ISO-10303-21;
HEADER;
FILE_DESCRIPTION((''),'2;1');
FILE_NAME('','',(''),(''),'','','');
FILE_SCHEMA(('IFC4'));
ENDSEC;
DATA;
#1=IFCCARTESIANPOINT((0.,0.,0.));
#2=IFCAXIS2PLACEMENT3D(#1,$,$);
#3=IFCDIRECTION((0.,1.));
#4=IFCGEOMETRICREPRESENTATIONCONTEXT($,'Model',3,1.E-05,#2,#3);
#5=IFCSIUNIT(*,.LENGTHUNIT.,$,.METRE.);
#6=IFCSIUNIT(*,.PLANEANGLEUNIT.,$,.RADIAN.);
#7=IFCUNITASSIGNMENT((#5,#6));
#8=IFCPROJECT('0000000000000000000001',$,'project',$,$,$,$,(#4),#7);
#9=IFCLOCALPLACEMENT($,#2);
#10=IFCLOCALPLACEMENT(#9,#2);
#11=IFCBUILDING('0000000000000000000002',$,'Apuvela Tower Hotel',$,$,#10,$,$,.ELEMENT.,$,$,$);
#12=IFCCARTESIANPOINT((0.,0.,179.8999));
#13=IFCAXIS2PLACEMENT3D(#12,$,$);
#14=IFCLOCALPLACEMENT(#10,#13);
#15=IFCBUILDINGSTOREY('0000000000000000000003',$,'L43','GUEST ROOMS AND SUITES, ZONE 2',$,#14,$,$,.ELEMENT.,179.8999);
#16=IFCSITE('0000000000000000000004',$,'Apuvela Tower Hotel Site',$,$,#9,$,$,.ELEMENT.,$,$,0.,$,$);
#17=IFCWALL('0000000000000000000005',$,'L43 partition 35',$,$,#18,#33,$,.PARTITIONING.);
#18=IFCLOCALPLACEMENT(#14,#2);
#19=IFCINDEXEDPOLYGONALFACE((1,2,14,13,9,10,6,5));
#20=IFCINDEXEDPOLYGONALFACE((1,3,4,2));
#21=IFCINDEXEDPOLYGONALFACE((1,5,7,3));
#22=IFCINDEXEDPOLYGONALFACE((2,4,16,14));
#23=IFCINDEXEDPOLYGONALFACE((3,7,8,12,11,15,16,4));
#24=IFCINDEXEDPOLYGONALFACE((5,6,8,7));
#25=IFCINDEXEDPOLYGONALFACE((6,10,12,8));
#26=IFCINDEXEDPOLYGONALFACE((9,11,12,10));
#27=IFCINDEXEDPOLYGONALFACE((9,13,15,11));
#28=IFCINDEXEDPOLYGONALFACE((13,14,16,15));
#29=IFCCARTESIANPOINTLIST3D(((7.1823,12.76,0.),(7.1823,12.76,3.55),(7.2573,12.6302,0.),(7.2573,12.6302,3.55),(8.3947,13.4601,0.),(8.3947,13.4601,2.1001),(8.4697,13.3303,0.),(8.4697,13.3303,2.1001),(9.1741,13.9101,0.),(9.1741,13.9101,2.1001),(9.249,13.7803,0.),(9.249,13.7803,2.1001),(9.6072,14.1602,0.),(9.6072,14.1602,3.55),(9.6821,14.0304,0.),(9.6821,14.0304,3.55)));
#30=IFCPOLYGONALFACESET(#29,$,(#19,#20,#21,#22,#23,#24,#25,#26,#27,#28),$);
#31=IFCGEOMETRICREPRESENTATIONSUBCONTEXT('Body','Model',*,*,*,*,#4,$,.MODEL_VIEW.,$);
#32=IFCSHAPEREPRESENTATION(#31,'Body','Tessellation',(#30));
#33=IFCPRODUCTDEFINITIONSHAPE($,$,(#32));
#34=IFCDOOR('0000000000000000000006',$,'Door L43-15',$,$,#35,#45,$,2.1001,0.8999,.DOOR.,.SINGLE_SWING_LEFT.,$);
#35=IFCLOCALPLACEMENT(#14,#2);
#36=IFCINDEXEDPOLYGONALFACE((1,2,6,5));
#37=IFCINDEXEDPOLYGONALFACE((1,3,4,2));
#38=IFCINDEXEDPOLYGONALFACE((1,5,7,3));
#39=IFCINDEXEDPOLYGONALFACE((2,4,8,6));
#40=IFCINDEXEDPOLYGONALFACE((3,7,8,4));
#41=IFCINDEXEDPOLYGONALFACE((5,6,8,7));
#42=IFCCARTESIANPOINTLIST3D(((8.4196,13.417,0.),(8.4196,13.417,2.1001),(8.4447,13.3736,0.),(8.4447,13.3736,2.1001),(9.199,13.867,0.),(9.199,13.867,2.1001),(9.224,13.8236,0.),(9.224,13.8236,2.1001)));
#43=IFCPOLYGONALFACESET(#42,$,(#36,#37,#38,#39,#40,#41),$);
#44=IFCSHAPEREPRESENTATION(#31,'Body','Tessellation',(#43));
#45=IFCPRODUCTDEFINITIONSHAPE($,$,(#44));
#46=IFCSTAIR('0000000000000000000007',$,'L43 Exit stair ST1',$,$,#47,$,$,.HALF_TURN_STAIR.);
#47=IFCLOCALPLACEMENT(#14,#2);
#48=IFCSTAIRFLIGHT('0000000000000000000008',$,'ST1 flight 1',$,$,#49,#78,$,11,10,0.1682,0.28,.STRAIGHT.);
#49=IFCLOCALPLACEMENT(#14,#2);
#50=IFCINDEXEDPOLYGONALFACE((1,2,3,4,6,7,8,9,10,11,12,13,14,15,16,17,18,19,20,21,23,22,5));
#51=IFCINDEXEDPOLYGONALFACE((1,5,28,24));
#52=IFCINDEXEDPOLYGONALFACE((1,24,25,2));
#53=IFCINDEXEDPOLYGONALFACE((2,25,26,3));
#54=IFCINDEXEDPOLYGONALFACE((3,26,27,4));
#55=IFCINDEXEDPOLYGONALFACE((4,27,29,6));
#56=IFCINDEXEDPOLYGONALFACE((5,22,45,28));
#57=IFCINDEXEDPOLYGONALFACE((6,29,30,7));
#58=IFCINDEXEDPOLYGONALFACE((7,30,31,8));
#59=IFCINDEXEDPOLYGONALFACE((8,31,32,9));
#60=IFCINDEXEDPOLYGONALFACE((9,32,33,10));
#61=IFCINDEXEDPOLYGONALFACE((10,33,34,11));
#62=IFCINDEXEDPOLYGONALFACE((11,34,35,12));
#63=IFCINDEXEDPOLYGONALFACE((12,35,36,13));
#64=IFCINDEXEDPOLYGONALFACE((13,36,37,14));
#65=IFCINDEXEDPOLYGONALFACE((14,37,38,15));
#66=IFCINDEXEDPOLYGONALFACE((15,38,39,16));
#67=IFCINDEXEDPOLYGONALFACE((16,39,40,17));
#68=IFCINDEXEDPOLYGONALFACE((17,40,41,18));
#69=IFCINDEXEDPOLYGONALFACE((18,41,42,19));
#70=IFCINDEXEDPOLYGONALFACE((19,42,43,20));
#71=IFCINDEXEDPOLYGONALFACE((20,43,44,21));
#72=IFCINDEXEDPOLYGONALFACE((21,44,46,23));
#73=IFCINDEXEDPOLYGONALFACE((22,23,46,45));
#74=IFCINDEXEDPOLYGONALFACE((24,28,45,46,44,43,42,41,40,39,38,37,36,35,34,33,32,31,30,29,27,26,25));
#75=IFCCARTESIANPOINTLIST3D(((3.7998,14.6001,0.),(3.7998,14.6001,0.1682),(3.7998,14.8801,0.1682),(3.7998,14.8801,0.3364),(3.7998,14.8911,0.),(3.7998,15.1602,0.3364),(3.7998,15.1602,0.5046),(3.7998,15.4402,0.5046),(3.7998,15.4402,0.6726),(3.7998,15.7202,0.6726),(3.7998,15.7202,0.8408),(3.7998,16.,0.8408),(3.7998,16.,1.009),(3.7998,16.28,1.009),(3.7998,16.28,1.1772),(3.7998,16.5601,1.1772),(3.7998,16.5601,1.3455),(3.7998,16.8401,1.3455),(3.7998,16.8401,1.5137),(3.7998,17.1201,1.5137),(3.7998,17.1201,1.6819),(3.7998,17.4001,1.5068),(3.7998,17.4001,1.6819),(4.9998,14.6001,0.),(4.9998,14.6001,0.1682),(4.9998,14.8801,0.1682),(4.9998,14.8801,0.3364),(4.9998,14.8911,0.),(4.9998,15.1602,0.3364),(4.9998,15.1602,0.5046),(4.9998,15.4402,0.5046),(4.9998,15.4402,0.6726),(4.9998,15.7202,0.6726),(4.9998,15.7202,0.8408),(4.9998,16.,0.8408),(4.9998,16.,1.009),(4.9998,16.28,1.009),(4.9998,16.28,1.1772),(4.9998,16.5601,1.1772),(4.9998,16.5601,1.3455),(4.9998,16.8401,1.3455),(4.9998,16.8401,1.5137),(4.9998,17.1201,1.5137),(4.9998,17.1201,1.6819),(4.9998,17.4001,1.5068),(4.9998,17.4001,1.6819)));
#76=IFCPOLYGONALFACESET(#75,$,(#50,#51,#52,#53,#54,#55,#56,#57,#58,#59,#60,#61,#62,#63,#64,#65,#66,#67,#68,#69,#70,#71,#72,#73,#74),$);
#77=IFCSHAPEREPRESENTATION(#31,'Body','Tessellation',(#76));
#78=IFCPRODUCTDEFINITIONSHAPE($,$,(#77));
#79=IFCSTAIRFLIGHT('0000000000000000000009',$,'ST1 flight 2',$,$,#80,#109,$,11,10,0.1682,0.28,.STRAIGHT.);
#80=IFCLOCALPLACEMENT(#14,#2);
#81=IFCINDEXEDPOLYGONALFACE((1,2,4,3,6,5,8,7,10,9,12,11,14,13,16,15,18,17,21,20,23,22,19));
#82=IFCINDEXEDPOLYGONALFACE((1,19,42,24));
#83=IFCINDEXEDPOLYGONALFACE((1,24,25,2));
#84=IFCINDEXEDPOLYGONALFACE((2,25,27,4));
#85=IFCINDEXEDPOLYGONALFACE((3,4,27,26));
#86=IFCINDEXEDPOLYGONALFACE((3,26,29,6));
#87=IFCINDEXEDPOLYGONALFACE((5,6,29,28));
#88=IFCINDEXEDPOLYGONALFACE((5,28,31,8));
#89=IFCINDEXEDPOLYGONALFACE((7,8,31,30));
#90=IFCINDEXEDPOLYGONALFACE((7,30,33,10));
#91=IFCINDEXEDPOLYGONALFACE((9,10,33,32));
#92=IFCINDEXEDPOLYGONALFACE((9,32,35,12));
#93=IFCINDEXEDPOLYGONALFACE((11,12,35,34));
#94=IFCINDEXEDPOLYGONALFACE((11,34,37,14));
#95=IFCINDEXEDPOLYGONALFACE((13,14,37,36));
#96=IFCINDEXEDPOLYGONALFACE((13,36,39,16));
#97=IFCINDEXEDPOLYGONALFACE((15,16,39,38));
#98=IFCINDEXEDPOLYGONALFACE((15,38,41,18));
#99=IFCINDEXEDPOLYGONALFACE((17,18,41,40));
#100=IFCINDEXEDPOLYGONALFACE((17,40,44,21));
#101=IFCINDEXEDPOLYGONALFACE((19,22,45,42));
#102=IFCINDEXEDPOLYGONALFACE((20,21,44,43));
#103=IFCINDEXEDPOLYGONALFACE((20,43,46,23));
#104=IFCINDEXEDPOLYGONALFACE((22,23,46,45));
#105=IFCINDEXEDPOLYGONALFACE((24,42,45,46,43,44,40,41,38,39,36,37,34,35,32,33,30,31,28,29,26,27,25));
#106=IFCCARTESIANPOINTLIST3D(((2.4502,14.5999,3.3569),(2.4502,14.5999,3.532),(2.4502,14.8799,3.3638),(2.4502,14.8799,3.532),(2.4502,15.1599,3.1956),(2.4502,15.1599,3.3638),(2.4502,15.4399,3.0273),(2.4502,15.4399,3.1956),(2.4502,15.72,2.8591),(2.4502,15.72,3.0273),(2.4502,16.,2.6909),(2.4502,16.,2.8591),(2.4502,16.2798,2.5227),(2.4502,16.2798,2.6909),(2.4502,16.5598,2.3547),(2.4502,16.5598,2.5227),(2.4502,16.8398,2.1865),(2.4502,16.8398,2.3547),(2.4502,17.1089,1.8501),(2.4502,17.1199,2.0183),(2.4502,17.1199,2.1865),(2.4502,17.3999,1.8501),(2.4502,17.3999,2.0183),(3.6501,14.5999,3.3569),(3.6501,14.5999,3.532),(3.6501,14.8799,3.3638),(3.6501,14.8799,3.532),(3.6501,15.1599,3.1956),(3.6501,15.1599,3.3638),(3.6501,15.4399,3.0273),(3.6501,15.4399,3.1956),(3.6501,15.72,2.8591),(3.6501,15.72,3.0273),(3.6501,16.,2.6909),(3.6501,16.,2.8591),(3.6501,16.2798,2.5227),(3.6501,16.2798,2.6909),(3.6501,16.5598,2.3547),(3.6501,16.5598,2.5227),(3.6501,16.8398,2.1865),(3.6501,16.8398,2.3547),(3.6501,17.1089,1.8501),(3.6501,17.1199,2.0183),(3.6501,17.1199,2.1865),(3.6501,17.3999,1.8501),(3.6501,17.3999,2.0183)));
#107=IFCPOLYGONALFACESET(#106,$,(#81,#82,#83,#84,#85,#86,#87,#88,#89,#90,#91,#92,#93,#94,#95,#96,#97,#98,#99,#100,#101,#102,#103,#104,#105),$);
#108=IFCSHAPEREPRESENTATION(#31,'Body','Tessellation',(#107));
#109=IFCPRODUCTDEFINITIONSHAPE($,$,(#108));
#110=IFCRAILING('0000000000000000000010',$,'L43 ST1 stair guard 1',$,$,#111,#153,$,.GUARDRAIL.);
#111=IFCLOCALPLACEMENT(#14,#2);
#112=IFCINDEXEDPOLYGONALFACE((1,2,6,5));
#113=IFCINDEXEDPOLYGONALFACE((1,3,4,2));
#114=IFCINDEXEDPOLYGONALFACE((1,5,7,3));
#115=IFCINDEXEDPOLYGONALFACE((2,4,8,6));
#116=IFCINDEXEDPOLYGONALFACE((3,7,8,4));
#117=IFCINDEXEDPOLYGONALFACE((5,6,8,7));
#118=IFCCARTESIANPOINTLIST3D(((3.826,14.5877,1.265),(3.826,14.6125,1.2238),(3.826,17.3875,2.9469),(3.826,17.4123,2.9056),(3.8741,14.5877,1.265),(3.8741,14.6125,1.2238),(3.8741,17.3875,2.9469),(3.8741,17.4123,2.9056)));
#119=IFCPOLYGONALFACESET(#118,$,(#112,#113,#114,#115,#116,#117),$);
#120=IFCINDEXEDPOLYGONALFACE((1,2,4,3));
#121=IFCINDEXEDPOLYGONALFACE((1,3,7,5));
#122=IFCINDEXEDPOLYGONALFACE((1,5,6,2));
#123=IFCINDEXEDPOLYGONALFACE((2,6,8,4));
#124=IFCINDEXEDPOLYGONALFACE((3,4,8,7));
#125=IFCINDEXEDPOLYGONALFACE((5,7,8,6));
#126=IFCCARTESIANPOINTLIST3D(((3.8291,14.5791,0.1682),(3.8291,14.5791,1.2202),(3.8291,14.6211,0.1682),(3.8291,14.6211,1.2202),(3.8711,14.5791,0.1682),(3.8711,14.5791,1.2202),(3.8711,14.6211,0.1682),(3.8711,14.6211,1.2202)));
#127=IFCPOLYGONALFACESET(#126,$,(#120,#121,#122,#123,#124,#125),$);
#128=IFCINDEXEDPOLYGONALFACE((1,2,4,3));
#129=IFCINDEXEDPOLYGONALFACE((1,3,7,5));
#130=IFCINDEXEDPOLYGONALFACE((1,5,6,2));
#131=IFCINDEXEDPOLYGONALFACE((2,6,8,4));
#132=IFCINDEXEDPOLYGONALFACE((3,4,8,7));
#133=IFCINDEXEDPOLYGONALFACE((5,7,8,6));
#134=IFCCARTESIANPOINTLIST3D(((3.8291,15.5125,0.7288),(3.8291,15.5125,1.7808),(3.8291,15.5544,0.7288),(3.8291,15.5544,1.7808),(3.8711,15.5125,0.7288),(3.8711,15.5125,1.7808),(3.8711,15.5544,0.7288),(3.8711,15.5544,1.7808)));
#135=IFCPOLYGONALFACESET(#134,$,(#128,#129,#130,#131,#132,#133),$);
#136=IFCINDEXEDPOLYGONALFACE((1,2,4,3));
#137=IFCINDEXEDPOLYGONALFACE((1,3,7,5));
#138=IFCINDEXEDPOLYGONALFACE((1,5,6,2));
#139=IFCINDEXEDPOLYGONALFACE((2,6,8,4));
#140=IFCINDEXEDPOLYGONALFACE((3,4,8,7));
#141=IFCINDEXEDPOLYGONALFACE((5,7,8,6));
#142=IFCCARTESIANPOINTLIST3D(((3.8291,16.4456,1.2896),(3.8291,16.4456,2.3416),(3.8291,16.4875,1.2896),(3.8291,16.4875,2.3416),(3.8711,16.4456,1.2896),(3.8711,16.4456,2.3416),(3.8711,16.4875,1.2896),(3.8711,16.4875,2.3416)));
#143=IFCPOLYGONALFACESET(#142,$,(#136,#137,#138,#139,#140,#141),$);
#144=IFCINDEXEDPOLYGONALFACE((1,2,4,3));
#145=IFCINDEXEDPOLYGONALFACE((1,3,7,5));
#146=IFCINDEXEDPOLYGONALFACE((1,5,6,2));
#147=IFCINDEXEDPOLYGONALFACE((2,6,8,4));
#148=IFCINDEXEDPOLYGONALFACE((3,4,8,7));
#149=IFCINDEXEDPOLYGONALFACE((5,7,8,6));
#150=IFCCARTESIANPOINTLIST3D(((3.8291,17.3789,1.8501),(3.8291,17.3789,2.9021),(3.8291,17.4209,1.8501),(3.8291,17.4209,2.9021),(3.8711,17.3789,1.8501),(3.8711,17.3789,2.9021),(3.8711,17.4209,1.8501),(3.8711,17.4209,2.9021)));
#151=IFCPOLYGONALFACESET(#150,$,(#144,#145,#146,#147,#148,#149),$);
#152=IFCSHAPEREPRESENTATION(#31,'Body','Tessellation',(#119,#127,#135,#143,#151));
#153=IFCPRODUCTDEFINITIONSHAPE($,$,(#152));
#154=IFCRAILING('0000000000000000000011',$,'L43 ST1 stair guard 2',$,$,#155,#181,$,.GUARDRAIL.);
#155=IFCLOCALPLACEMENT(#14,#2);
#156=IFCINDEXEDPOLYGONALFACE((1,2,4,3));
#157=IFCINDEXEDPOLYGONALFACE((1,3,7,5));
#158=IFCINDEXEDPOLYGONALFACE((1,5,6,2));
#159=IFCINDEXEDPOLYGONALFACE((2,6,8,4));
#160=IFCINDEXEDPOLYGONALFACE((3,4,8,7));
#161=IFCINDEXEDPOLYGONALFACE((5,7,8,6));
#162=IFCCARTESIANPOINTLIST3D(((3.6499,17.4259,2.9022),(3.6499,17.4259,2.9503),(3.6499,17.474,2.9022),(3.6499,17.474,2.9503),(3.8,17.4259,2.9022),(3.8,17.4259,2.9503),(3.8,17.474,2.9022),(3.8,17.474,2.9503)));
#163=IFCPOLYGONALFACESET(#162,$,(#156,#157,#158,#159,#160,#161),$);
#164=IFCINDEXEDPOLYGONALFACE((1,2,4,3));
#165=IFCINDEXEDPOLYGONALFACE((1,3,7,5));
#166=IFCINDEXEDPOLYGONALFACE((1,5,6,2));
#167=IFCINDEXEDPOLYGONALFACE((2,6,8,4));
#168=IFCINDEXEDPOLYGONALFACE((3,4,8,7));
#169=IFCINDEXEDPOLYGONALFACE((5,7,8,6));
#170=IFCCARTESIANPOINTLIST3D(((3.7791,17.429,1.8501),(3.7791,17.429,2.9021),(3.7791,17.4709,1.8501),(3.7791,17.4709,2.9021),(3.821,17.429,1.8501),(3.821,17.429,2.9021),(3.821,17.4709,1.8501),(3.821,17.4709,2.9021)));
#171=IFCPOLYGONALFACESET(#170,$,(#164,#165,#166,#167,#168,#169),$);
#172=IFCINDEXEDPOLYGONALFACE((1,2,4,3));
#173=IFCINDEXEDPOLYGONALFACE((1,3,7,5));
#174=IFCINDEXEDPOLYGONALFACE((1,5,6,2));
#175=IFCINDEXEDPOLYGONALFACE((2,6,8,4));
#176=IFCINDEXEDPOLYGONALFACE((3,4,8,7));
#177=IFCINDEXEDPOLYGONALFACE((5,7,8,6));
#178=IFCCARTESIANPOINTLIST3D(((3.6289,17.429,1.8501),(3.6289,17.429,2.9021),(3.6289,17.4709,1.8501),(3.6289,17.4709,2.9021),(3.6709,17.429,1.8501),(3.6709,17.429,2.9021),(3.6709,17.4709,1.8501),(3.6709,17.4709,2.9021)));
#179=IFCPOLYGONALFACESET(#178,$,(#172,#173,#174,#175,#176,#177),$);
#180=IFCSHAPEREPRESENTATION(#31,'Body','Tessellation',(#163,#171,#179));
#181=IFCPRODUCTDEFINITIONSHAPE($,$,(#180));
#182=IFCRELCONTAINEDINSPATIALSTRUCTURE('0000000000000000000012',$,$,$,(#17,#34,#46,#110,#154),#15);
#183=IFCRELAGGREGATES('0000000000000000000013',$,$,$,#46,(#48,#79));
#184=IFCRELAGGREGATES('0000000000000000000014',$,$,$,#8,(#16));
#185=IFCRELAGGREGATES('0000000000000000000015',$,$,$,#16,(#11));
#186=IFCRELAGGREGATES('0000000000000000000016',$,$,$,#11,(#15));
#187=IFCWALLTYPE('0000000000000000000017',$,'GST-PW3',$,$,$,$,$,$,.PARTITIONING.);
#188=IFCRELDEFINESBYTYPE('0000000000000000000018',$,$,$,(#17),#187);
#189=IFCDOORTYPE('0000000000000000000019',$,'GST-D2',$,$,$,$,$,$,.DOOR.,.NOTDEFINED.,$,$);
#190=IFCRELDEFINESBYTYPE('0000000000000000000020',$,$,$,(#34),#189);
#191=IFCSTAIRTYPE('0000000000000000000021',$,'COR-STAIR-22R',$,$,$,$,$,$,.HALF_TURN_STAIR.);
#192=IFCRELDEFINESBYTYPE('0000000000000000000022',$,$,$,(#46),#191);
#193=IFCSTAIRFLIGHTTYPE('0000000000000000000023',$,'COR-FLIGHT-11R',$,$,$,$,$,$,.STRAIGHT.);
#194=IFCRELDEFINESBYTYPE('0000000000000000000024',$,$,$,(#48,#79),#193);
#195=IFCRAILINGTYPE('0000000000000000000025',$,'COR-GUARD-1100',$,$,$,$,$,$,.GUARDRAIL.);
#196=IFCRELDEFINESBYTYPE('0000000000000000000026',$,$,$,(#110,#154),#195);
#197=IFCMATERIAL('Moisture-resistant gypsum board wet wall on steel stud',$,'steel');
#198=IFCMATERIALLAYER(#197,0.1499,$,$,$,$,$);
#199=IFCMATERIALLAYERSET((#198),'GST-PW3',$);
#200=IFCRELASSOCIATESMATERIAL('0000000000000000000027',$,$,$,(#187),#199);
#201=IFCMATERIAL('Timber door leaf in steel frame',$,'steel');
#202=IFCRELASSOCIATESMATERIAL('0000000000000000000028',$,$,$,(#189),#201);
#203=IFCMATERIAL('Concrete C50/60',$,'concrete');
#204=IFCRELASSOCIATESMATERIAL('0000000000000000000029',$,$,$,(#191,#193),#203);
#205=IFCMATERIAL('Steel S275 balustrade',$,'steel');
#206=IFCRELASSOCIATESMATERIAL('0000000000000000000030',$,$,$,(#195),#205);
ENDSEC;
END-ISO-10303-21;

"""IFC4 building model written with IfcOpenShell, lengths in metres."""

from ifc_helpers import new_model, si_unit, direction, frame, frame_2d, origin, origin_2d, place, context, subcontext, project, spatial, polyline, rectangle, outline, extrude, material, layer, layer_set, type_object, element, fill, aggregate, save


model = new_model("IFC4")

# Units and contexts
model_context = context("Model", 3, precision=1e-05, world=origin(), true_north=direction((0.0, 1.0)))
body_context = subcontext(model_context, "Body", "Model", "MODEL_VIEW")
ifc_project = project(units=[si_unit("LENGTHUNIT", "METRE"), si_unit("PLANEANGLEUNIT", "RADIAN")], contexts=[model_context])

# Site, building, storey
site_placement = place(None, origin())
site = spatial("IfcSite", under=ifc_project, at=site_placement, Name="Apuvela Tower Hotel Site", CompositionType="ELEMENT", RefElevation=0.0)
building_placement = place(site_placement, origin())
building = spatial("IfcBuilding", under=site, at=building_placement, Name="Apuvela Tower Hotel", CompositionType="ELEMENT")
storey_placement = place(building_placement, frame((0.0, 0.0, 179.8999)))
storey = spatial("IfcBuildingStorey", under=building, at=storey_placement, Name="L43", Description="GUEST ROOMS AND SUITES, ZONE 2", CompositionType="ELEMENT", Elevation=179.8999)

# Shared definitions
ifc_material_1 = material(Name="Concrete C50/60", Category="concrete")

# Wall, opening, door
ifc_material_2 = material(Name="Moisture-resistant gypsum board wet wall on steel stud", Category="steel")
ifc_layer_1 = layer(ifc_material_2, 0.1499)
ifc_layer_set_1 = layer_set([ifc_layer_1], Name="GST-PW3")
wall_type_1 = type_object("IfcWallType", Name="GST-PW3", PredefinedType="PARTITIONING", material=ifc_layer_set_1)
wall_1_placement = place(storey_placement, frame((9.6445, 14.0952, 0.0), z_axis=(0.0, 0.0, 1.0), x_axis=(-0.865997, -0.50005, 0.0)))
wall_1 = element("IfcWall", 1, at=wall_1_placement, inside=storey, type_object=wall_type_1, Name="L43 partition 35", PredefinedType="PARTITIONING", context=body_context, shape_type="SweptSolid", body=[
    extrude(rectangle(XDim=2.8, YDim=0.1499, at=frame_2d((1.3999, 0.0))), origin(), (0.0, 0.0, 1.0), 3.55),
])
opening_1_placement = place(wall_1_placement, frame((0.5, 0.0, 0.0)))
opening_1 = element("IfcOpeningElement", 2, at=opening_1_placement, cuts=wall_1, PredefinedType="OPENING", context=body_context, shape_type="SweptSolid", body=[
    extrude(rectangle(XDim=0.8999, YDim=2.1001, at=frame_2d((0.45, 1.05))), frame((0.0, 0.085, 0.0), z_axis=(0.0, -1.0, 0.0), x_axis=(1.0, 0.0, 0.0)), (0.0, 0.0, 1.0), 0.1699),
])
ifc_material_3 = material(Name="Timber door leaf in steel frame", Category="steel")
door_type_1 = type_object("IfcDoorType", Name="GST-D2", OperationType="NOTDEFINED", PredefinedType="DOOR", material=ifc_material_3)
door_1_placement = place(opening_1_placement, origin())
door_1 = element("IfcDoor", 3, at=door_1_placement, inside=storey, type_object=door_type_1, Name="Door L43-15", OperationType="SINGLE_SWING_LEFT", OverallHeight=2.1001, OverallWidth=0.8999, PredefinedType="DOOR", context=body_context, shape_type="SweptSolid", body=[
    extrude(rectangle(XDim=0.8999, YDim=2.1001, at=frame_2d((0.45, 1.05))), frame((0.0, 0.0249, 0.0), z_axis=(0.0, -1.0, 0.0), x_axis=(1.0, 0.0, 0.0)), (0.0, 0.0, 1.0), 0.05),
])
fill(opening_1, door_1)

# Stair, stair flights
stair_type = type_object("IfcStairType", Name="COR-STAIR-22R", PredefinedType="HALF_TURN_STAIR", material=ifc_material_1)
stair_placement = place(storey_placement, origin())
stair = element("IfcStair", 4, at=stair_placement, inside=storey, type_object=stair_type, Name="L43 Exit stair ST1", PredefinedType="HALF_TURN_STAIR")
stair_flight_type = type_object("IfcStairFlightType", Name="COR-FLIGHT-11R", PredefinedType="STRAIGHT", material=ifc_material_1)
stair_flight_1_placement = place(storey_placement, frame((4.3999, 14.6001, 0.0), z_axis=(0.0, 0.0, 1.0), x_axis=(0.0, 1.0, 0.0)))
stair_flight_1 = element("IfcStairFlight", 5, at=stair_flight_1_placement, type_object=stair_flight_type, Name="ST1 flight 1", NumberOfRisers=11, NumberOfTreads=10, PredefinedType="STRAIGHT", RiserHeight=0.1682, TreadLength=0.28, context=body_context, shape_type="SweptSolid", body=[
    extrude(outline(polyline([(0.0, 0.0), (0.0, 0.1682), (0.28, 0.1682), (0.28, 0.3364), (0.5601, 0.3364), (0.5601, 0.5046), (0.8401, 0.5046), (0.8401, 0.6726), (1.1201, 0.6726), (1.1201, 0.8408), (1.3999, 0.8408), (1.3999, 1.009), (1.6799, 1.009), (1.6799, 1.1772), (1.96, 1.1772), (1.96, 1.3455), (2.24, 1.3455), (2.24, 1.5137), (2.52, 1.5137), (2.52, 1.6819), (2.8, 1.6819), (2.8, 1.8501), (2.8, 1.5068), (0.291, 0.0), (0.0, 0.0)])), frame((0.0, 0.6001, 0.0), z_axis=(0.0, -1.0, 0.0), x_axis=(1.0, 0.0, 0.0)), (0.0, 0.0, 1.0), 1.2),
])
stair_flight_2_placement = place(storey_placement, frame((3.05, 17.3999, 1.8501), z_axis=(0.0, 0.0, 1.0), x_axis=(0.0, -1.0, 0.0)))
stair_flight_2 = element("IfcStairFlight", 6, at=stair_flight_2_placement, type_object=stair_flight_type, Name="ST1 flight 2", NumberOfRisers=11, NumberOfTreads=10, PredefinedType="STRAIGHT", RiserHeight=0.1682, TreadLength=0.28, context=body_context, shape_type="SweptSolid", body=[
    extrude(outline(polyline([(0.0, 0.0), (0.0, 0.1682), (0.28, 0.1682), (0.28, 0.3364), (0.5601, 0.3364), (0.5601, 0.5046), (0.8401, 0.5046), (0.8401, 0.6726), (1.1201, 0.6726), (1.1201, 0.8408), (1.3999, 0.8408), (1.3999, 1.009), (1.6799, 1.009), (1.6799, 1.1772), (1.96, 1.1772), (1.96, 1.3455), (2.24, 1.3455), (2.24, 1.5137), (2.52, 1.5137), (2.52, 1.6819), (2.8, 1.6819), (2.8, 1.8501), (2.8, 1.5068), (0.291, 0.0), (0.0, 0.0)])), frame((0.0, 0.6001, 0.0), z_axis=(0.0, -1.0, 0.0), x_axis=(1.0, 0.0, 0.0)), (0.0, 0.0, 1.0), 1.2),
])
aggregate(stair, [stair_flight_1, stair_flight_2])

# Railings
ifc_material_4 = material(Name="Steel S275 balustrade", Category="steel")
railing_type_1 = type_object("IfcRailingType", Name="COR-GUARD-1100", PredefinedType="GUARDRAIL", material=ifc_material_4)
railing_1_placement = place(storey_placement, frame((3.8501, 14.6001, 0.1682)))
element("IfcRailing", 7, at=railing_1_placement, inside=storey, type_object=railing_type_1, Name="L43 ST1 stair guard 1", PredefinedType="GUARDRAIL", context=body_context, shape_type="SweptSolid", body=[
    extrude(rectangle(XDim=0.0481, YDim=0.0481, at=origin_2d()), frame((0.0, 0.0, 1.0762), z_axis=(0.0, 0.857222, 0.514946), x_axis=(-1.0, 0.0, 0.0)), (0.0, 0.0, 1.0), 3.2661),
    extrude(rectangle(XDim=0.042, YDim=0.042, at=origin_2d()), origin(), (0.0, 0.0, 1.0), 1.052),
    extrude(rectangle(XDim=0.042, YDim=0.042, at=origin_2d()), frame((0.0, 0.9333, 0.5605)), (0.0, 0.0, 1.0), 1.052),
    extrude(rectangle(XDim=0.042, YDim=0.042, at=origin_2d()), frame((0.0, 1.8665, 1.1213)), (0.0, 0.0, 1.0), 1.052),
    extrude(rectangle(XDim=0.042, YDim=0.042, at=origin_2d()), frame((0.0, 2.7998, 1.6819)), (0.0, 0.0, 1.0), 1.052),
])
railing_2_placement = place(storey_placement, frame((3.8, 17.45, 1.8501)))
element("IfcRailing", 8, at=railing_2_placement, inside=storey, type_object=railing_type_1, Name="L43 ST1 stair guard 2", PredefinedType="GUARDRAIL", context=body_context, shape_type="SweptSolid", body=[
    extrude(rectangle(XDim=0.0481, YDim=0.0481, at=origin_2d()), frame((0.0, 0.0, 1.0762), z_axis=(-1.0, 0.0, 0.0), x_axis=(0.0, -1.0, 0.0)), (0.0, 0.0, 1.0), 0.1501),
    extrude(rectangle(XDim=0.042, YDim=0.042, at=origin_2d()), origin(), (0.0, 0.0, 1.0), 1.052),
    extrude(rectangle(XDim=0.042, YDim=0.042, at=origin_2d()), frame((-0.1501, 0.0, 0.0)), (0.0, 0.0, 1.0), 1.052),
])

save(model, "model.ifc")
